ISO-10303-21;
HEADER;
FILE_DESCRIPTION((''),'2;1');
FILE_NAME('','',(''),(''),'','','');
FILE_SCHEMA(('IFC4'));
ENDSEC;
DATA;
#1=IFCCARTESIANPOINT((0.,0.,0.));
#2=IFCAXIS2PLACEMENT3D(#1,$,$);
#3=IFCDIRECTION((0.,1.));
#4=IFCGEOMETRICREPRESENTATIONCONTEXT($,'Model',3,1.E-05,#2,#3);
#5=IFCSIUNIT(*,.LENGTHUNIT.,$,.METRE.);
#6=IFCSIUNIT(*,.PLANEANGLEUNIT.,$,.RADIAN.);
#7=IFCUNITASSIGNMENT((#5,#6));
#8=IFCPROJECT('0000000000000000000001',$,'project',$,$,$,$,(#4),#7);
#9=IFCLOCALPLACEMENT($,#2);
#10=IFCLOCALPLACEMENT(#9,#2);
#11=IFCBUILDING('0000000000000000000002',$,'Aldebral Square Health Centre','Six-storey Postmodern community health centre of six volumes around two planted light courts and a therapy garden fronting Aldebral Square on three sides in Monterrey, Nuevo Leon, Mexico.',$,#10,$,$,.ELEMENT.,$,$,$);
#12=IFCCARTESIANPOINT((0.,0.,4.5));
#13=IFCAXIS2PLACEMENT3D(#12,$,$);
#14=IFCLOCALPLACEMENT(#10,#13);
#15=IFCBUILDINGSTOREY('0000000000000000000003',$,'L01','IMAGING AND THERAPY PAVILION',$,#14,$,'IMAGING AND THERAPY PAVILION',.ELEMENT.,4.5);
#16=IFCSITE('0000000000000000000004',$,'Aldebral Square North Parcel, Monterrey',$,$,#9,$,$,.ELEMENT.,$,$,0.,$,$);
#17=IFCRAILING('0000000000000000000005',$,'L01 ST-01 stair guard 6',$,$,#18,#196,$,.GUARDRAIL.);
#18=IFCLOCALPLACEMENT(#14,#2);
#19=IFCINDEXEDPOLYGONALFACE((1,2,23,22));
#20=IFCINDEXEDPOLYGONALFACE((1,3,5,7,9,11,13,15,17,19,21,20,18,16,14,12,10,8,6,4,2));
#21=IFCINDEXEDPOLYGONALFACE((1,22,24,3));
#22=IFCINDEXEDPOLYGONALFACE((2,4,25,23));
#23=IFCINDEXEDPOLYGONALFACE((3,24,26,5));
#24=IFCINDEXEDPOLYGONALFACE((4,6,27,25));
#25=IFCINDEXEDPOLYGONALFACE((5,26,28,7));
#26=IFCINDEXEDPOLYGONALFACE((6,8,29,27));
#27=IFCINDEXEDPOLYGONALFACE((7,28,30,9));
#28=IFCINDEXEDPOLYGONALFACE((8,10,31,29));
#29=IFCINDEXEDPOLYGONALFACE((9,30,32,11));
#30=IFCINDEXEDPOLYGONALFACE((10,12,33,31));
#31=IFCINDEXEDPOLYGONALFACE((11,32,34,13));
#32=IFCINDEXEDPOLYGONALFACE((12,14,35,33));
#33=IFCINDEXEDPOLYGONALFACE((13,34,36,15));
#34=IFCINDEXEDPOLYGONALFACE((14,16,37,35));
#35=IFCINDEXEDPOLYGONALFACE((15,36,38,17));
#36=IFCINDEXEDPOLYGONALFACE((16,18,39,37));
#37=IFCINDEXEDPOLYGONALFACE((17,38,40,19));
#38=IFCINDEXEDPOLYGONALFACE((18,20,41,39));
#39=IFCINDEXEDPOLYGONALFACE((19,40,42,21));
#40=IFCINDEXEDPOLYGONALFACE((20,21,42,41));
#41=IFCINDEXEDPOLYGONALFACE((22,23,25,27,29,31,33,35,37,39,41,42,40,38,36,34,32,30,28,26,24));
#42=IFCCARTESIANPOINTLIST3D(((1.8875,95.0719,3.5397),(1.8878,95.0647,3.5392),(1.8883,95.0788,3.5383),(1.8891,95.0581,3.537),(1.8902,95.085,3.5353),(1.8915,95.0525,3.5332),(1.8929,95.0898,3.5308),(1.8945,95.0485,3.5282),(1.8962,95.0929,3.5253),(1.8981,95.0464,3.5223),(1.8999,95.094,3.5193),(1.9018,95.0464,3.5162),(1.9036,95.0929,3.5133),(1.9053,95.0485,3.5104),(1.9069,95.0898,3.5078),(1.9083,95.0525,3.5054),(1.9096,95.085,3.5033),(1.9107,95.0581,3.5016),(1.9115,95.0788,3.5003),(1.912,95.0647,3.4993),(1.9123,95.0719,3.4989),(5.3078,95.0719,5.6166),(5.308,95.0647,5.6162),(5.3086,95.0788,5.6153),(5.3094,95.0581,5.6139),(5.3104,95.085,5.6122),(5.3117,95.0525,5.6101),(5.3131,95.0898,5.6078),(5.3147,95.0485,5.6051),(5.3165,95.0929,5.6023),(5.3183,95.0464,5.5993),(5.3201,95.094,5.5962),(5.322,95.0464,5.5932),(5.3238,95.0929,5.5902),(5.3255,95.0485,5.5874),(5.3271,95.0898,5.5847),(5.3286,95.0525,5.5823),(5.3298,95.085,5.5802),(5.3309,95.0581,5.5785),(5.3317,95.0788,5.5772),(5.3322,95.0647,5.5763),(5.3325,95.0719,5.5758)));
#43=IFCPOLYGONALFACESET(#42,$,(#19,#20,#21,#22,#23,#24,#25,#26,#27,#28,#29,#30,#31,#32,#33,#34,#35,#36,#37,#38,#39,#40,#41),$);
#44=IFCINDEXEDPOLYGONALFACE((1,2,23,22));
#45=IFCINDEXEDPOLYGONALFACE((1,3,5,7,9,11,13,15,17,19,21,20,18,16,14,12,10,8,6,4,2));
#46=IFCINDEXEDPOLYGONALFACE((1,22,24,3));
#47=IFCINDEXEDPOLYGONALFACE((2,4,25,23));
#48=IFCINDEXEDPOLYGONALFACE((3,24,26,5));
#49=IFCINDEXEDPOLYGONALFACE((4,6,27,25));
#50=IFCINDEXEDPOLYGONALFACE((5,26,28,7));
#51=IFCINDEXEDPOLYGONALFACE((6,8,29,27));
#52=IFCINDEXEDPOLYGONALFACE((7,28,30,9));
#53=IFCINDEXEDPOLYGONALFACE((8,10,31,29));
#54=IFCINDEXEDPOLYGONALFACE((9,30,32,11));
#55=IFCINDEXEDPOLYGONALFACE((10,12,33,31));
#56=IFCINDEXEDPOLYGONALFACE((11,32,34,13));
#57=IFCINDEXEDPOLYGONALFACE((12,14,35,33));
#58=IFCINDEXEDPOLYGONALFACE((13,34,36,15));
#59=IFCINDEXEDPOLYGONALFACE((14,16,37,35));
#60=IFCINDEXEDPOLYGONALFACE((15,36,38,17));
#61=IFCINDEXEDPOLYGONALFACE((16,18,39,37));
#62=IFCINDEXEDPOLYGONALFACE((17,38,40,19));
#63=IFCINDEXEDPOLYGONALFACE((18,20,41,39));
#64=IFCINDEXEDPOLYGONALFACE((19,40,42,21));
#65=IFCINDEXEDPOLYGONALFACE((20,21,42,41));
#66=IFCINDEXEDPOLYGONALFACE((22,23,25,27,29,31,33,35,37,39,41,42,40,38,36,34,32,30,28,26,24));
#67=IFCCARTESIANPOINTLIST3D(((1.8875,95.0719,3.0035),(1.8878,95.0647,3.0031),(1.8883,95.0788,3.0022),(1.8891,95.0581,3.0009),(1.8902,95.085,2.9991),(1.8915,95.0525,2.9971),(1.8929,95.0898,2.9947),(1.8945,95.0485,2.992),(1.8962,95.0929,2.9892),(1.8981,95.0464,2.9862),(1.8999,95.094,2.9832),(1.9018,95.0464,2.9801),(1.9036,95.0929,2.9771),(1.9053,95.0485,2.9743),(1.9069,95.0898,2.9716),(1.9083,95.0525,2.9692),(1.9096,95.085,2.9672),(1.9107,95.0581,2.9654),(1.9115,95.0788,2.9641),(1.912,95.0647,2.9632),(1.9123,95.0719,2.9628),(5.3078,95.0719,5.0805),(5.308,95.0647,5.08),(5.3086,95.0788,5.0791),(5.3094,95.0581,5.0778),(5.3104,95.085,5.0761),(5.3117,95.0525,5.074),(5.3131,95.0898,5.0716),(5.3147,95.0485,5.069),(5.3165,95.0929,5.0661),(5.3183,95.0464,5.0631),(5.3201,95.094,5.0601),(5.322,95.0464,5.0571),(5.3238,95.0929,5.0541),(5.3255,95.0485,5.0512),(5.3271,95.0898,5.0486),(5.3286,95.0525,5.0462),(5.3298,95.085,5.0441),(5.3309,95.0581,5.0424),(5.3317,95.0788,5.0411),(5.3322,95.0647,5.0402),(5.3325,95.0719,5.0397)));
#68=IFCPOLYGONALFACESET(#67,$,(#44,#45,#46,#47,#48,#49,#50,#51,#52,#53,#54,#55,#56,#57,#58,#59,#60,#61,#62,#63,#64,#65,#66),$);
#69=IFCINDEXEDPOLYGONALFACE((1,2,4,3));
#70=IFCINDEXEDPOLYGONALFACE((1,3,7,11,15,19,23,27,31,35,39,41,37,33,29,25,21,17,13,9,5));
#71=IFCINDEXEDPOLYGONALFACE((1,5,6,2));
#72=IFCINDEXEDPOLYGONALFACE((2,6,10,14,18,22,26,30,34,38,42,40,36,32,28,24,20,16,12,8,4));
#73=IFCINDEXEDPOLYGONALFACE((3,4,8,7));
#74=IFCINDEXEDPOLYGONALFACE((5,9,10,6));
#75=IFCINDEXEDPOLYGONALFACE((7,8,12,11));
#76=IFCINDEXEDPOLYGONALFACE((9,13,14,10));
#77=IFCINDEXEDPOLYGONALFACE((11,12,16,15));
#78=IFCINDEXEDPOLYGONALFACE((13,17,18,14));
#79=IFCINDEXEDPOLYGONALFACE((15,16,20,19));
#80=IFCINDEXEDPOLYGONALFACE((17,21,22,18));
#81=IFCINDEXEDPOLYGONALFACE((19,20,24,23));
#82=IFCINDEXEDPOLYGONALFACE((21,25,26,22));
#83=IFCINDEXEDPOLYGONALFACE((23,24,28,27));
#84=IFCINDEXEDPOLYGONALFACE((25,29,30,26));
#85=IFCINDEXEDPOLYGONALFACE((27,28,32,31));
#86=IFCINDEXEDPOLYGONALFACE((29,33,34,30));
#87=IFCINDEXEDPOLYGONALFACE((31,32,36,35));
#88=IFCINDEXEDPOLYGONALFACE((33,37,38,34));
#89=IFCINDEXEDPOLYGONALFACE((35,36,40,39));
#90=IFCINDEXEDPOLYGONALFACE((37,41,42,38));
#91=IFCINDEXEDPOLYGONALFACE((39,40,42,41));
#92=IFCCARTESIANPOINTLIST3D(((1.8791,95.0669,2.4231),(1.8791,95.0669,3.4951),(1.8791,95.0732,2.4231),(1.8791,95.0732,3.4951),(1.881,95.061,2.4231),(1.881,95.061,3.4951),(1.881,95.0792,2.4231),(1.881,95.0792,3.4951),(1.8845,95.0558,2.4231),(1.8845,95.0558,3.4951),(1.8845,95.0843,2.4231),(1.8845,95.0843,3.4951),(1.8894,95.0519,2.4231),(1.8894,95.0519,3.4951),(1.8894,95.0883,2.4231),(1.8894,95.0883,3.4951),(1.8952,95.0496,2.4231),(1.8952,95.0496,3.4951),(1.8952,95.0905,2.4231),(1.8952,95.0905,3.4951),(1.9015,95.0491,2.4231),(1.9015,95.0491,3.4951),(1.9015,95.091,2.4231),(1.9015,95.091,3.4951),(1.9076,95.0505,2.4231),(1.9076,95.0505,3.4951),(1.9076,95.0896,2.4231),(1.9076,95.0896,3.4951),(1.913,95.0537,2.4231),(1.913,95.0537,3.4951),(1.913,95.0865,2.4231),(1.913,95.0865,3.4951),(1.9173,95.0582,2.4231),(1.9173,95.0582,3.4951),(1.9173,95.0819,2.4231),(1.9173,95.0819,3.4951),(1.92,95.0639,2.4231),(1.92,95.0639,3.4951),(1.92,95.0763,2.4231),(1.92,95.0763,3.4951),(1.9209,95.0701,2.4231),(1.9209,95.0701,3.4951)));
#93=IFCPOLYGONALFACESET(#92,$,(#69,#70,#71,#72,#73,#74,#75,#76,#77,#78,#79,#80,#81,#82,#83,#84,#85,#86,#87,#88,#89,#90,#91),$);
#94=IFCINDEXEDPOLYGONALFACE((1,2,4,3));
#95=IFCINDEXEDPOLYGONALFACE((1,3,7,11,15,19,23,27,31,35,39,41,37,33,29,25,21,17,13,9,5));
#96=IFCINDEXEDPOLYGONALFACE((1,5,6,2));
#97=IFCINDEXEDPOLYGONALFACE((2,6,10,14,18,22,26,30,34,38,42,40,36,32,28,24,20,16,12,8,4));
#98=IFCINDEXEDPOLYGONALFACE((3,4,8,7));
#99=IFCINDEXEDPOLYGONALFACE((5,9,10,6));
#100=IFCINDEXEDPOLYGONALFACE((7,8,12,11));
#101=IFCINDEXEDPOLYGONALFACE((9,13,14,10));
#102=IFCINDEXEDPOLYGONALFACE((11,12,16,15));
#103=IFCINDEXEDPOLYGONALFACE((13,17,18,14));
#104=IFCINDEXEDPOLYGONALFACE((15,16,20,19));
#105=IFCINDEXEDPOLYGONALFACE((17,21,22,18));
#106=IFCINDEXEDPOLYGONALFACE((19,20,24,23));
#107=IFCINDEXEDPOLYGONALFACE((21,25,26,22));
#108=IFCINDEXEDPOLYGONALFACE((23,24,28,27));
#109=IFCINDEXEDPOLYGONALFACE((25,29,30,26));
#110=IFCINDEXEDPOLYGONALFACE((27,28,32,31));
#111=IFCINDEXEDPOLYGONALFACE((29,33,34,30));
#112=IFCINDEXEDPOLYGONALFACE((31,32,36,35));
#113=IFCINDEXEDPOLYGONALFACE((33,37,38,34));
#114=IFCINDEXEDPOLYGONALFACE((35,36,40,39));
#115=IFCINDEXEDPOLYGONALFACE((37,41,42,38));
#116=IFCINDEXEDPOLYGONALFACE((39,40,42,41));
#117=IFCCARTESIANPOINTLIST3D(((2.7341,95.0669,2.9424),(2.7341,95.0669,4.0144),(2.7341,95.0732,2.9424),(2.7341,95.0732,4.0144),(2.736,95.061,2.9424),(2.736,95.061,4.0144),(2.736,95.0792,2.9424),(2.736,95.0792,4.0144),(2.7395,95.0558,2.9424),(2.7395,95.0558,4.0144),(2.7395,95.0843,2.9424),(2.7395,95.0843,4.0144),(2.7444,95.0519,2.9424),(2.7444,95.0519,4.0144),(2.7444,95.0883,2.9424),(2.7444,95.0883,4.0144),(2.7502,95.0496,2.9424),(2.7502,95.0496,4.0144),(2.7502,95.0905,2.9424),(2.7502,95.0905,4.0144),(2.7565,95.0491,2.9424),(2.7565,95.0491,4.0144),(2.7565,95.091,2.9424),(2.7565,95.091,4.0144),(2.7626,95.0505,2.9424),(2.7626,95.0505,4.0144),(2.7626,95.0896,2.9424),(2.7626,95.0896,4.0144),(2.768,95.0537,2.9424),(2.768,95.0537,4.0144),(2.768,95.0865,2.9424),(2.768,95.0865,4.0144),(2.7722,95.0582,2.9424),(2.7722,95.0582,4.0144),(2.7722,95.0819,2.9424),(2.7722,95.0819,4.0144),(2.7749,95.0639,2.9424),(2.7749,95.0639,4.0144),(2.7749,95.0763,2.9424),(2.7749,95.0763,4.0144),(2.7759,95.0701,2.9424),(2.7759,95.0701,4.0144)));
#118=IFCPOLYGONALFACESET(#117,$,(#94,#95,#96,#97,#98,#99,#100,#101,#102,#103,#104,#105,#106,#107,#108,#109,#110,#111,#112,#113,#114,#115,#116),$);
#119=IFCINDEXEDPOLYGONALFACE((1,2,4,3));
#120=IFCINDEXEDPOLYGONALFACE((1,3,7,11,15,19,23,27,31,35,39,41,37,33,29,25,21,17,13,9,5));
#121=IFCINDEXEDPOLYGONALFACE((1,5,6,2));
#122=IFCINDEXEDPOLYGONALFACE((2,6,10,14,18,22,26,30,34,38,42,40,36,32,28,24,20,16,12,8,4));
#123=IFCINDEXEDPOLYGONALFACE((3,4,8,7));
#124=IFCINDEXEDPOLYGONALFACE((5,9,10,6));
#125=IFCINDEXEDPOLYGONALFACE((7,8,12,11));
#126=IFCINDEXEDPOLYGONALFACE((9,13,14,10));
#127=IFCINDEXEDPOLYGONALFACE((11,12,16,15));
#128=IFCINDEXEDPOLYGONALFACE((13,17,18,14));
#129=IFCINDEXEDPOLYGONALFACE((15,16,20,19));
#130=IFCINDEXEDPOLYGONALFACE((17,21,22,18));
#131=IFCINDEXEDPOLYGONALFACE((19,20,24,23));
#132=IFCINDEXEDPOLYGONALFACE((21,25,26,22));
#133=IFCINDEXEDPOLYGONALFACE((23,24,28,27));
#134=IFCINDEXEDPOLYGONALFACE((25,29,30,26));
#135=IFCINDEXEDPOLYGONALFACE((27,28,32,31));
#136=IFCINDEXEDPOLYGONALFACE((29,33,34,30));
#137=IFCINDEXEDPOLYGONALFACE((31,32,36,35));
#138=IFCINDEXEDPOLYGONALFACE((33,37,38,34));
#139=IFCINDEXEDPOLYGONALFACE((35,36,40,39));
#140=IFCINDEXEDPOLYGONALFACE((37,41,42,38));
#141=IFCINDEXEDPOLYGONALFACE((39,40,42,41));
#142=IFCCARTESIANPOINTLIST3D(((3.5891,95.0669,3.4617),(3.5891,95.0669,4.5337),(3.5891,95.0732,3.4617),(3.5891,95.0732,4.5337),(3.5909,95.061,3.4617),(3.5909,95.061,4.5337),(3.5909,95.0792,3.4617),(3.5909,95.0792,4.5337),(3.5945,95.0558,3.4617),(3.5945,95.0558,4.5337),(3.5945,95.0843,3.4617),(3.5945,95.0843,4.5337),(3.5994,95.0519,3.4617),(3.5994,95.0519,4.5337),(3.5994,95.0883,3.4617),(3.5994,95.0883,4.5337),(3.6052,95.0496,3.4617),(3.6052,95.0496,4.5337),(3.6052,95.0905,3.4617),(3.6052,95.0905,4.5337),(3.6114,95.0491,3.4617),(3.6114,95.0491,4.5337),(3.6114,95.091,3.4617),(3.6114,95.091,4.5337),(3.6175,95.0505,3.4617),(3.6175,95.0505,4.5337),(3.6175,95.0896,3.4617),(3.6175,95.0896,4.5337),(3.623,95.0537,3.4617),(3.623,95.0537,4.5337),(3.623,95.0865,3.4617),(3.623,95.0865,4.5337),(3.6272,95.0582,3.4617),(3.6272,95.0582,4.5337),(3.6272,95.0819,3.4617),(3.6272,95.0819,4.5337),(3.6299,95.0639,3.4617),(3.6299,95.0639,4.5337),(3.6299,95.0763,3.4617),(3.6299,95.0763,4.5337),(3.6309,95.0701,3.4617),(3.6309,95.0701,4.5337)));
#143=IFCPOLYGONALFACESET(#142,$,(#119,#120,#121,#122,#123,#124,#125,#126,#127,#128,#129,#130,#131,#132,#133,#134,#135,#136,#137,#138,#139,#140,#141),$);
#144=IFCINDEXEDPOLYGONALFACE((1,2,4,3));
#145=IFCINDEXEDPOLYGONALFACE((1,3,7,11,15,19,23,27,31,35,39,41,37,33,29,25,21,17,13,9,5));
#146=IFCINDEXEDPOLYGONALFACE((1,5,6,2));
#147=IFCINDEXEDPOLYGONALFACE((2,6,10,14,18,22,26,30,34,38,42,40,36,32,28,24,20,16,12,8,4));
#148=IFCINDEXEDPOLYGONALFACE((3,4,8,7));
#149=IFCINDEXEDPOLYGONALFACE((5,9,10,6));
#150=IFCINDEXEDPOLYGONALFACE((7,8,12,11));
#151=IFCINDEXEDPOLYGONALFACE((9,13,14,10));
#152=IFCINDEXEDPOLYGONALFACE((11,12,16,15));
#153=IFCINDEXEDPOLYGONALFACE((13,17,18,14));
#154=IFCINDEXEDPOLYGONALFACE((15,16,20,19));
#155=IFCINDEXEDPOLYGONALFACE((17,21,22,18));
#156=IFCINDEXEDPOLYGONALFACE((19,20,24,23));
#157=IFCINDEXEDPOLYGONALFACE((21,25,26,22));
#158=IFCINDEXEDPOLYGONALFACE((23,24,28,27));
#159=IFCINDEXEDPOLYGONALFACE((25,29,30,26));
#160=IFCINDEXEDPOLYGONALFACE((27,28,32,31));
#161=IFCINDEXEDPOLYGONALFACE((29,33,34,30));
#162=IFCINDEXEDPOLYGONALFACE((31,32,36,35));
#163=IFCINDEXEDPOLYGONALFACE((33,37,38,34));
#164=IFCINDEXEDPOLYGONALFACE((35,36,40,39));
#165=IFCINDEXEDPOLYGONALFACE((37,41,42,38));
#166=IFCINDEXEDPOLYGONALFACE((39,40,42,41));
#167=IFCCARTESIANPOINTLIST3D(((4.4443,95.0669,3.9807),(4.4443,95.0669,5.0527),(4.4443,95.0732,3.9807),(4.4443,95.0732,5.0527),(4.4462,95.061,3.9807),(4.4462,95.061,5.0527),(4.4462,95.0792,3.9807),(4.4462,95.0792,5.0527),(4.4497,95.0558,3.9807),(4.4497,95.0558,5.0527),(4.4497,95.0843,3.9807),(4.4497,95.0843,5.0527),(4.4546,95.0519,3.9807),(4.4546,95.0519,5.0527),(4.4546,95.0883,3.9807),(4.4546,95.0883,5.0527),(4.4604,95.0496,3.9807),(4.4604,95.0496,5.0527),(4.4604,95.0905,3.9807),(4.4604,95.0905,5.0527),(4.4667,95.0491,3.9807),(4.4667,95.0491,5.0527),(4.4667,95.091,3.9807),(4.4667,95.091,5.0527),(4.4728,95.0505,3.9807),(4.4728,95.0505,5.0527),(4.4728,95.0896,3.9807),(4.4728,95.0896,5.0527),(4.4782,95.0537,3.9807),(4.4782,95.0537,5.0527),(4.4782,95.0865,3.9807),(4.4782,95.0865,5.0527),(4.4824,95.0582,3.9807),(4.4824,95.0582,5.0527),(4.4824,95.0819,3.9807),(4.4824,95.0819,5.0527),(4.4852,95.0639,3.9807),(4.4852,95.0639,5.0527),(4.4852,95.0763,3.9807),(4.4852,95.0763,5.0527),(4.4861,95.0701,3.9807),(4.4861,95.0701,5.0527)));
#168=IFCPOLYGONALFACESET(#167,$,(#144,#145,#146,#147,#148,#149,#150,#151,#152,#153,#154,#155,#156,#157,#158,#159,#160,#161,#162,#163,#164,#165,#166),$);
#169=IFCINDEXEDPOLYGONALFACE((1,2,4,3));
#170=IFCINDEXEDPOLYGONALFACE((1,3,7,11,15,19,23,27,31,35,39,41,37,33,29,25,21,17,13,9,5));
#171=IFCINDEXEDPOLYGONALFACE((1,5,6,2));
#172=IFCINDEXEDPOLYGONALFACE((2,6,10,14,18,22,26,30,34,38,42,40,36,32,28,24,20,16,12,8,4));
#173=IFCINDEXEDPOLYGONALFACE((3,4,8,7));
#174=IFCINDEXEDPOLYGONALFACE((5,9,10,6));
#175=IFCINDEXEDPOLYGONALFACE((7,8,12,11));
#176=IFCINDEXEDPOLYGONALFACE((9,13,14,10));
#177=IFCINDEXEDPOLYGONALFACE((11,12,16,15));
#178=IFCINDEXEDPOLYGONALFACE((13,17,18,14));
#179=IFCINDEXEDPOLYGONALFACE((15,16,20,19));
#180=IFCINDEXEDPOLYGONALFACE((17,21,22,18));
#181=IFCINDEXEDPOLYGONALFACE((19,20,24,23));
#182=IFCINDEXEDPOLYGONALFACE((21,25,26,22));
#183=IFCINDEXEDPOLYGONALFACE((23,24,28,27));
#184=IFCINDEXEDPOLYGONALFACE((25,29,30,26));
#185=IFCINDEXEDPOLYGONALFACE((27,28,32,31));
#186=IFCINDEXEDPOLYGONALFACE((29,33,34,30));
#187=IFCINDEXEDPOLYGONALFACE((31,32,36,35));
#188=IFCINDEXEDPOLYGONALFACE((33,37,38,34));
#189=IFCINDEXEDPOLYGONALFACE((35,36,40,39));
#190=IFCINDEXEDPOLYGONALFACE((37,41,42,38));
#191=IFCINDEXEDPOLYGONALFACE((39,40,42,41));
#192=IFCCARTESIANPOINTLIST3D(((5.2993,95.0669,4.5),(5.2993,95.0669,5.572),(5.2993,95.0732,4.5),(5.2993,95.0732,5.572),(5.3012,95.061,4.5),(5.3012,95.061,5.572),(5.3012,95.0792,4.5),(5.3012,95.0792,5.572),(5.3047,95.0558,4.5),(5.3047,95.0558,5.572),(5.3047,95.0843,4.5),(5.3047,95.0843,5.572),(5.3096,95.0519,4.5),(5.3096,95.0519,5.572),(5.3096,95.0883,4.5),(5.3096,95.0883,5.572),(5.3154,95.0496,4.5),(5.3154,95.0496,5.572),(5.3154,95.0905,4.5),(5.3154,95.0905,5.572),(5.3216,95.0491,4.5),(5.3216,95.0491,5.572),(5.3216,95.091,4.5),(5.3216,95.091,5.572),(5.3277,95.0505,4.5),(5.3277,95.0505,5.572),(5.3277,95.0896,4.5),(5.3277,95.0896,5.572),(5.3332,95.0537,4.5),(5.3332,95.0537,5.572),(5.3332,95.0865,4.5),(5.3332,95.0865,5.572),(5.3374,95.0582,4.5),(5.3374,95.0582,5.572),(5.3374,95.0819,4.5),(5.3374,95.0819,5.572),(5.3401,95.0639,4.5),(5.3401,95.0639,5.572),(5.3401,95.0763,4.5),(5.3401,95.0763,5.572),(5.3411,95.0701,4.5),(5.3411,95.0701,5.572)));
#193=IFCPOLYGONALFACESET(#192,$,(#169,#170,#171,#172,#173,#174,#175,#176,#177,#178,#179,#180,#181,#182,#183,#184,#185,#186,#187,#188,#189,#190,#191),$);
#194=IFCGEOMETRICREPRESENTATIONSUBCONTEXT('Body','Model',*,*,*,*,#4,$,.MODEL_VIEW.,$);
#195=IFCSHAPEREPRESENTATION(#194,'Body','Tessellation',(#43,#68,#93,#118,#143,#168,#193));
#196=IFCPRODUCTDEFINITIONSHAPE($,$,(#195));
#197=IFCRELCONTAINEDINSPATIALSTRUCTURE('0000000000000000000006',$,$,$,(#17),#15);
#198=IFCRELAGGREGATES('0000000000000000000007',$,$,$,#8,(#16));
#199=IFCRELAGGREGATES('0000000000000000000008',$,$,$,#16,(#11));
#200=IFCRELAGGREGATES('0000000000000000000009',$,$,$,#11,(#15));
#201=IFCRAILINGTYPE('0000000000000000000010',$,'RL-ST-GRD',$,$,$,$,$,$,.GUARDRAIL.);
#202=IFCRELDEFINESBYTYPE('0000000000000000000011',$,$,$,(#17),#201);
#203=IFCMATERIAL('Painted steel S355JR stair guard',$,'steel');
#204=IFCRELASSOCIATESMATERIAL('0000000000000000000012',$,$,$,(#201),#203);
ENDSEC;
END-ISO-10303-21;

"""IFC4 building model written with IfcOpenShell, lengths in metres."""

from ifc_helpers import new_model, si_unit, direction, frame, origin, origin_2d, place, context, subcontext, project, spatial, circle, extrude, material, type_object, element, save


model = new_model("IFC4")

# Units and contexts
model_context = context("Model", 3, precision=1e-05, world=origin(), true_north=direction((0.0, 1.0)))
body_context = subcontext(model_context, "Body", "Model", "MODEL_VIEW")
ifc_project = project(units=[si_unit("LENGTHUNIT", "METRE"), si_unit("PLANEANGLEUNIT", "RADIAN")], contexts=[model_context])

# Site, building, storey
site_placement = place(None, origin())
site = spatial("IfcSite", under=ifc_project, at=site_placement, Name="Aldebral Square North Parcel, Monterrey", CompositionType="ELEMENT", RefElevation=0.0)
building_placement = place(site_placement, origin())
building = spatial("IfcBuilding", under=site, at=building_placement, Name="Aldebral Square Health Centre", Description="Six-storey Postmodern community health centre of six volumes around two planted light courts and a therapy garden fronting Aldebral Square on three sides in Monterrey, Nuevo Leon, Mexico.", CompositionType="ELEMENT")
storey_placement = place(building_placement, frame((0.0, 0.0, 4.5)))
storey = spatial("IfcBuildingStorey", under=building, at=storey_placement, Name="L01", Description="IMAGING AND THERAPY PAVILION", LongName="IMAGING AND THERAPY PAVILION", CompositionType="ELEMENT", Elevation=4.5)

# Railing
ifc_material_1 = material(Name="Painted steel S355JR stair guard", Category="steel")
railing_type_1 = type_object("IfcRailingType", Name="RL-ST-GRD", PredefinedType="GUARDRAIL", material=ifc_material_1)
railing_1_placement = place(storey_placement, frame((1.8999, 95.0701, 2.4231)))
element("IfcRailing", 1, at=railing_1_placement, inside=storey, type_object=railing_type_1, Name="L01 ST-01 stair guard 6", PredefinedType="GUARDRAIL", context=body_context, shape_type="SweptSolid", body=[
    extrude(circle(Radius=0.0239, at=origin_2d()), frame((0.0, 0.0, 1.0962), z_axis=(0.854746, 0.0, 0.519047), x_axis=(0.0, 1.0, 0.0)), (0.0, 0.0, 1.0), 4.0015),
    extrude(circle(Radius=0.0239, at=origin_2d()), frame((0.0, 0.0, 0.5601), z_axis=(0.854746, 0.0, 0.519047), x_axis=(0.0, 1.0, 0.0)), (0.0, 0.0, 1.0), 4.0015),
    extrude(circle(Radius=0.021, at=origin_2d()), origin(), (0.0, 0.0, 1.0), 1.072),
    extrude(circle(Radius=0.021, at=origin_2d()), frame((0.855, 0.0, 0.5193)), (0.0, 0.0, 1.0), 1.072),
    extrude(circle(Radius=0.021, at=origin_2d()), frame((1.71, 0.0, 1.0386)), (0.0, 0.0, 1.0), 1.072),
    extrude(circle(Radius=0.021, at=origin_2d()), frame((2.5652, 0.0, 1.5576)), (0.0, 0.0, 1.0), 1.072),
    extrude(circle(Radius=0.021, at=origin_2d()), frame((3.4202, 0.0, 2.0769)), (0.0, 0.0, 1.0), 1.072),
])

save(model, "model.ifc")
